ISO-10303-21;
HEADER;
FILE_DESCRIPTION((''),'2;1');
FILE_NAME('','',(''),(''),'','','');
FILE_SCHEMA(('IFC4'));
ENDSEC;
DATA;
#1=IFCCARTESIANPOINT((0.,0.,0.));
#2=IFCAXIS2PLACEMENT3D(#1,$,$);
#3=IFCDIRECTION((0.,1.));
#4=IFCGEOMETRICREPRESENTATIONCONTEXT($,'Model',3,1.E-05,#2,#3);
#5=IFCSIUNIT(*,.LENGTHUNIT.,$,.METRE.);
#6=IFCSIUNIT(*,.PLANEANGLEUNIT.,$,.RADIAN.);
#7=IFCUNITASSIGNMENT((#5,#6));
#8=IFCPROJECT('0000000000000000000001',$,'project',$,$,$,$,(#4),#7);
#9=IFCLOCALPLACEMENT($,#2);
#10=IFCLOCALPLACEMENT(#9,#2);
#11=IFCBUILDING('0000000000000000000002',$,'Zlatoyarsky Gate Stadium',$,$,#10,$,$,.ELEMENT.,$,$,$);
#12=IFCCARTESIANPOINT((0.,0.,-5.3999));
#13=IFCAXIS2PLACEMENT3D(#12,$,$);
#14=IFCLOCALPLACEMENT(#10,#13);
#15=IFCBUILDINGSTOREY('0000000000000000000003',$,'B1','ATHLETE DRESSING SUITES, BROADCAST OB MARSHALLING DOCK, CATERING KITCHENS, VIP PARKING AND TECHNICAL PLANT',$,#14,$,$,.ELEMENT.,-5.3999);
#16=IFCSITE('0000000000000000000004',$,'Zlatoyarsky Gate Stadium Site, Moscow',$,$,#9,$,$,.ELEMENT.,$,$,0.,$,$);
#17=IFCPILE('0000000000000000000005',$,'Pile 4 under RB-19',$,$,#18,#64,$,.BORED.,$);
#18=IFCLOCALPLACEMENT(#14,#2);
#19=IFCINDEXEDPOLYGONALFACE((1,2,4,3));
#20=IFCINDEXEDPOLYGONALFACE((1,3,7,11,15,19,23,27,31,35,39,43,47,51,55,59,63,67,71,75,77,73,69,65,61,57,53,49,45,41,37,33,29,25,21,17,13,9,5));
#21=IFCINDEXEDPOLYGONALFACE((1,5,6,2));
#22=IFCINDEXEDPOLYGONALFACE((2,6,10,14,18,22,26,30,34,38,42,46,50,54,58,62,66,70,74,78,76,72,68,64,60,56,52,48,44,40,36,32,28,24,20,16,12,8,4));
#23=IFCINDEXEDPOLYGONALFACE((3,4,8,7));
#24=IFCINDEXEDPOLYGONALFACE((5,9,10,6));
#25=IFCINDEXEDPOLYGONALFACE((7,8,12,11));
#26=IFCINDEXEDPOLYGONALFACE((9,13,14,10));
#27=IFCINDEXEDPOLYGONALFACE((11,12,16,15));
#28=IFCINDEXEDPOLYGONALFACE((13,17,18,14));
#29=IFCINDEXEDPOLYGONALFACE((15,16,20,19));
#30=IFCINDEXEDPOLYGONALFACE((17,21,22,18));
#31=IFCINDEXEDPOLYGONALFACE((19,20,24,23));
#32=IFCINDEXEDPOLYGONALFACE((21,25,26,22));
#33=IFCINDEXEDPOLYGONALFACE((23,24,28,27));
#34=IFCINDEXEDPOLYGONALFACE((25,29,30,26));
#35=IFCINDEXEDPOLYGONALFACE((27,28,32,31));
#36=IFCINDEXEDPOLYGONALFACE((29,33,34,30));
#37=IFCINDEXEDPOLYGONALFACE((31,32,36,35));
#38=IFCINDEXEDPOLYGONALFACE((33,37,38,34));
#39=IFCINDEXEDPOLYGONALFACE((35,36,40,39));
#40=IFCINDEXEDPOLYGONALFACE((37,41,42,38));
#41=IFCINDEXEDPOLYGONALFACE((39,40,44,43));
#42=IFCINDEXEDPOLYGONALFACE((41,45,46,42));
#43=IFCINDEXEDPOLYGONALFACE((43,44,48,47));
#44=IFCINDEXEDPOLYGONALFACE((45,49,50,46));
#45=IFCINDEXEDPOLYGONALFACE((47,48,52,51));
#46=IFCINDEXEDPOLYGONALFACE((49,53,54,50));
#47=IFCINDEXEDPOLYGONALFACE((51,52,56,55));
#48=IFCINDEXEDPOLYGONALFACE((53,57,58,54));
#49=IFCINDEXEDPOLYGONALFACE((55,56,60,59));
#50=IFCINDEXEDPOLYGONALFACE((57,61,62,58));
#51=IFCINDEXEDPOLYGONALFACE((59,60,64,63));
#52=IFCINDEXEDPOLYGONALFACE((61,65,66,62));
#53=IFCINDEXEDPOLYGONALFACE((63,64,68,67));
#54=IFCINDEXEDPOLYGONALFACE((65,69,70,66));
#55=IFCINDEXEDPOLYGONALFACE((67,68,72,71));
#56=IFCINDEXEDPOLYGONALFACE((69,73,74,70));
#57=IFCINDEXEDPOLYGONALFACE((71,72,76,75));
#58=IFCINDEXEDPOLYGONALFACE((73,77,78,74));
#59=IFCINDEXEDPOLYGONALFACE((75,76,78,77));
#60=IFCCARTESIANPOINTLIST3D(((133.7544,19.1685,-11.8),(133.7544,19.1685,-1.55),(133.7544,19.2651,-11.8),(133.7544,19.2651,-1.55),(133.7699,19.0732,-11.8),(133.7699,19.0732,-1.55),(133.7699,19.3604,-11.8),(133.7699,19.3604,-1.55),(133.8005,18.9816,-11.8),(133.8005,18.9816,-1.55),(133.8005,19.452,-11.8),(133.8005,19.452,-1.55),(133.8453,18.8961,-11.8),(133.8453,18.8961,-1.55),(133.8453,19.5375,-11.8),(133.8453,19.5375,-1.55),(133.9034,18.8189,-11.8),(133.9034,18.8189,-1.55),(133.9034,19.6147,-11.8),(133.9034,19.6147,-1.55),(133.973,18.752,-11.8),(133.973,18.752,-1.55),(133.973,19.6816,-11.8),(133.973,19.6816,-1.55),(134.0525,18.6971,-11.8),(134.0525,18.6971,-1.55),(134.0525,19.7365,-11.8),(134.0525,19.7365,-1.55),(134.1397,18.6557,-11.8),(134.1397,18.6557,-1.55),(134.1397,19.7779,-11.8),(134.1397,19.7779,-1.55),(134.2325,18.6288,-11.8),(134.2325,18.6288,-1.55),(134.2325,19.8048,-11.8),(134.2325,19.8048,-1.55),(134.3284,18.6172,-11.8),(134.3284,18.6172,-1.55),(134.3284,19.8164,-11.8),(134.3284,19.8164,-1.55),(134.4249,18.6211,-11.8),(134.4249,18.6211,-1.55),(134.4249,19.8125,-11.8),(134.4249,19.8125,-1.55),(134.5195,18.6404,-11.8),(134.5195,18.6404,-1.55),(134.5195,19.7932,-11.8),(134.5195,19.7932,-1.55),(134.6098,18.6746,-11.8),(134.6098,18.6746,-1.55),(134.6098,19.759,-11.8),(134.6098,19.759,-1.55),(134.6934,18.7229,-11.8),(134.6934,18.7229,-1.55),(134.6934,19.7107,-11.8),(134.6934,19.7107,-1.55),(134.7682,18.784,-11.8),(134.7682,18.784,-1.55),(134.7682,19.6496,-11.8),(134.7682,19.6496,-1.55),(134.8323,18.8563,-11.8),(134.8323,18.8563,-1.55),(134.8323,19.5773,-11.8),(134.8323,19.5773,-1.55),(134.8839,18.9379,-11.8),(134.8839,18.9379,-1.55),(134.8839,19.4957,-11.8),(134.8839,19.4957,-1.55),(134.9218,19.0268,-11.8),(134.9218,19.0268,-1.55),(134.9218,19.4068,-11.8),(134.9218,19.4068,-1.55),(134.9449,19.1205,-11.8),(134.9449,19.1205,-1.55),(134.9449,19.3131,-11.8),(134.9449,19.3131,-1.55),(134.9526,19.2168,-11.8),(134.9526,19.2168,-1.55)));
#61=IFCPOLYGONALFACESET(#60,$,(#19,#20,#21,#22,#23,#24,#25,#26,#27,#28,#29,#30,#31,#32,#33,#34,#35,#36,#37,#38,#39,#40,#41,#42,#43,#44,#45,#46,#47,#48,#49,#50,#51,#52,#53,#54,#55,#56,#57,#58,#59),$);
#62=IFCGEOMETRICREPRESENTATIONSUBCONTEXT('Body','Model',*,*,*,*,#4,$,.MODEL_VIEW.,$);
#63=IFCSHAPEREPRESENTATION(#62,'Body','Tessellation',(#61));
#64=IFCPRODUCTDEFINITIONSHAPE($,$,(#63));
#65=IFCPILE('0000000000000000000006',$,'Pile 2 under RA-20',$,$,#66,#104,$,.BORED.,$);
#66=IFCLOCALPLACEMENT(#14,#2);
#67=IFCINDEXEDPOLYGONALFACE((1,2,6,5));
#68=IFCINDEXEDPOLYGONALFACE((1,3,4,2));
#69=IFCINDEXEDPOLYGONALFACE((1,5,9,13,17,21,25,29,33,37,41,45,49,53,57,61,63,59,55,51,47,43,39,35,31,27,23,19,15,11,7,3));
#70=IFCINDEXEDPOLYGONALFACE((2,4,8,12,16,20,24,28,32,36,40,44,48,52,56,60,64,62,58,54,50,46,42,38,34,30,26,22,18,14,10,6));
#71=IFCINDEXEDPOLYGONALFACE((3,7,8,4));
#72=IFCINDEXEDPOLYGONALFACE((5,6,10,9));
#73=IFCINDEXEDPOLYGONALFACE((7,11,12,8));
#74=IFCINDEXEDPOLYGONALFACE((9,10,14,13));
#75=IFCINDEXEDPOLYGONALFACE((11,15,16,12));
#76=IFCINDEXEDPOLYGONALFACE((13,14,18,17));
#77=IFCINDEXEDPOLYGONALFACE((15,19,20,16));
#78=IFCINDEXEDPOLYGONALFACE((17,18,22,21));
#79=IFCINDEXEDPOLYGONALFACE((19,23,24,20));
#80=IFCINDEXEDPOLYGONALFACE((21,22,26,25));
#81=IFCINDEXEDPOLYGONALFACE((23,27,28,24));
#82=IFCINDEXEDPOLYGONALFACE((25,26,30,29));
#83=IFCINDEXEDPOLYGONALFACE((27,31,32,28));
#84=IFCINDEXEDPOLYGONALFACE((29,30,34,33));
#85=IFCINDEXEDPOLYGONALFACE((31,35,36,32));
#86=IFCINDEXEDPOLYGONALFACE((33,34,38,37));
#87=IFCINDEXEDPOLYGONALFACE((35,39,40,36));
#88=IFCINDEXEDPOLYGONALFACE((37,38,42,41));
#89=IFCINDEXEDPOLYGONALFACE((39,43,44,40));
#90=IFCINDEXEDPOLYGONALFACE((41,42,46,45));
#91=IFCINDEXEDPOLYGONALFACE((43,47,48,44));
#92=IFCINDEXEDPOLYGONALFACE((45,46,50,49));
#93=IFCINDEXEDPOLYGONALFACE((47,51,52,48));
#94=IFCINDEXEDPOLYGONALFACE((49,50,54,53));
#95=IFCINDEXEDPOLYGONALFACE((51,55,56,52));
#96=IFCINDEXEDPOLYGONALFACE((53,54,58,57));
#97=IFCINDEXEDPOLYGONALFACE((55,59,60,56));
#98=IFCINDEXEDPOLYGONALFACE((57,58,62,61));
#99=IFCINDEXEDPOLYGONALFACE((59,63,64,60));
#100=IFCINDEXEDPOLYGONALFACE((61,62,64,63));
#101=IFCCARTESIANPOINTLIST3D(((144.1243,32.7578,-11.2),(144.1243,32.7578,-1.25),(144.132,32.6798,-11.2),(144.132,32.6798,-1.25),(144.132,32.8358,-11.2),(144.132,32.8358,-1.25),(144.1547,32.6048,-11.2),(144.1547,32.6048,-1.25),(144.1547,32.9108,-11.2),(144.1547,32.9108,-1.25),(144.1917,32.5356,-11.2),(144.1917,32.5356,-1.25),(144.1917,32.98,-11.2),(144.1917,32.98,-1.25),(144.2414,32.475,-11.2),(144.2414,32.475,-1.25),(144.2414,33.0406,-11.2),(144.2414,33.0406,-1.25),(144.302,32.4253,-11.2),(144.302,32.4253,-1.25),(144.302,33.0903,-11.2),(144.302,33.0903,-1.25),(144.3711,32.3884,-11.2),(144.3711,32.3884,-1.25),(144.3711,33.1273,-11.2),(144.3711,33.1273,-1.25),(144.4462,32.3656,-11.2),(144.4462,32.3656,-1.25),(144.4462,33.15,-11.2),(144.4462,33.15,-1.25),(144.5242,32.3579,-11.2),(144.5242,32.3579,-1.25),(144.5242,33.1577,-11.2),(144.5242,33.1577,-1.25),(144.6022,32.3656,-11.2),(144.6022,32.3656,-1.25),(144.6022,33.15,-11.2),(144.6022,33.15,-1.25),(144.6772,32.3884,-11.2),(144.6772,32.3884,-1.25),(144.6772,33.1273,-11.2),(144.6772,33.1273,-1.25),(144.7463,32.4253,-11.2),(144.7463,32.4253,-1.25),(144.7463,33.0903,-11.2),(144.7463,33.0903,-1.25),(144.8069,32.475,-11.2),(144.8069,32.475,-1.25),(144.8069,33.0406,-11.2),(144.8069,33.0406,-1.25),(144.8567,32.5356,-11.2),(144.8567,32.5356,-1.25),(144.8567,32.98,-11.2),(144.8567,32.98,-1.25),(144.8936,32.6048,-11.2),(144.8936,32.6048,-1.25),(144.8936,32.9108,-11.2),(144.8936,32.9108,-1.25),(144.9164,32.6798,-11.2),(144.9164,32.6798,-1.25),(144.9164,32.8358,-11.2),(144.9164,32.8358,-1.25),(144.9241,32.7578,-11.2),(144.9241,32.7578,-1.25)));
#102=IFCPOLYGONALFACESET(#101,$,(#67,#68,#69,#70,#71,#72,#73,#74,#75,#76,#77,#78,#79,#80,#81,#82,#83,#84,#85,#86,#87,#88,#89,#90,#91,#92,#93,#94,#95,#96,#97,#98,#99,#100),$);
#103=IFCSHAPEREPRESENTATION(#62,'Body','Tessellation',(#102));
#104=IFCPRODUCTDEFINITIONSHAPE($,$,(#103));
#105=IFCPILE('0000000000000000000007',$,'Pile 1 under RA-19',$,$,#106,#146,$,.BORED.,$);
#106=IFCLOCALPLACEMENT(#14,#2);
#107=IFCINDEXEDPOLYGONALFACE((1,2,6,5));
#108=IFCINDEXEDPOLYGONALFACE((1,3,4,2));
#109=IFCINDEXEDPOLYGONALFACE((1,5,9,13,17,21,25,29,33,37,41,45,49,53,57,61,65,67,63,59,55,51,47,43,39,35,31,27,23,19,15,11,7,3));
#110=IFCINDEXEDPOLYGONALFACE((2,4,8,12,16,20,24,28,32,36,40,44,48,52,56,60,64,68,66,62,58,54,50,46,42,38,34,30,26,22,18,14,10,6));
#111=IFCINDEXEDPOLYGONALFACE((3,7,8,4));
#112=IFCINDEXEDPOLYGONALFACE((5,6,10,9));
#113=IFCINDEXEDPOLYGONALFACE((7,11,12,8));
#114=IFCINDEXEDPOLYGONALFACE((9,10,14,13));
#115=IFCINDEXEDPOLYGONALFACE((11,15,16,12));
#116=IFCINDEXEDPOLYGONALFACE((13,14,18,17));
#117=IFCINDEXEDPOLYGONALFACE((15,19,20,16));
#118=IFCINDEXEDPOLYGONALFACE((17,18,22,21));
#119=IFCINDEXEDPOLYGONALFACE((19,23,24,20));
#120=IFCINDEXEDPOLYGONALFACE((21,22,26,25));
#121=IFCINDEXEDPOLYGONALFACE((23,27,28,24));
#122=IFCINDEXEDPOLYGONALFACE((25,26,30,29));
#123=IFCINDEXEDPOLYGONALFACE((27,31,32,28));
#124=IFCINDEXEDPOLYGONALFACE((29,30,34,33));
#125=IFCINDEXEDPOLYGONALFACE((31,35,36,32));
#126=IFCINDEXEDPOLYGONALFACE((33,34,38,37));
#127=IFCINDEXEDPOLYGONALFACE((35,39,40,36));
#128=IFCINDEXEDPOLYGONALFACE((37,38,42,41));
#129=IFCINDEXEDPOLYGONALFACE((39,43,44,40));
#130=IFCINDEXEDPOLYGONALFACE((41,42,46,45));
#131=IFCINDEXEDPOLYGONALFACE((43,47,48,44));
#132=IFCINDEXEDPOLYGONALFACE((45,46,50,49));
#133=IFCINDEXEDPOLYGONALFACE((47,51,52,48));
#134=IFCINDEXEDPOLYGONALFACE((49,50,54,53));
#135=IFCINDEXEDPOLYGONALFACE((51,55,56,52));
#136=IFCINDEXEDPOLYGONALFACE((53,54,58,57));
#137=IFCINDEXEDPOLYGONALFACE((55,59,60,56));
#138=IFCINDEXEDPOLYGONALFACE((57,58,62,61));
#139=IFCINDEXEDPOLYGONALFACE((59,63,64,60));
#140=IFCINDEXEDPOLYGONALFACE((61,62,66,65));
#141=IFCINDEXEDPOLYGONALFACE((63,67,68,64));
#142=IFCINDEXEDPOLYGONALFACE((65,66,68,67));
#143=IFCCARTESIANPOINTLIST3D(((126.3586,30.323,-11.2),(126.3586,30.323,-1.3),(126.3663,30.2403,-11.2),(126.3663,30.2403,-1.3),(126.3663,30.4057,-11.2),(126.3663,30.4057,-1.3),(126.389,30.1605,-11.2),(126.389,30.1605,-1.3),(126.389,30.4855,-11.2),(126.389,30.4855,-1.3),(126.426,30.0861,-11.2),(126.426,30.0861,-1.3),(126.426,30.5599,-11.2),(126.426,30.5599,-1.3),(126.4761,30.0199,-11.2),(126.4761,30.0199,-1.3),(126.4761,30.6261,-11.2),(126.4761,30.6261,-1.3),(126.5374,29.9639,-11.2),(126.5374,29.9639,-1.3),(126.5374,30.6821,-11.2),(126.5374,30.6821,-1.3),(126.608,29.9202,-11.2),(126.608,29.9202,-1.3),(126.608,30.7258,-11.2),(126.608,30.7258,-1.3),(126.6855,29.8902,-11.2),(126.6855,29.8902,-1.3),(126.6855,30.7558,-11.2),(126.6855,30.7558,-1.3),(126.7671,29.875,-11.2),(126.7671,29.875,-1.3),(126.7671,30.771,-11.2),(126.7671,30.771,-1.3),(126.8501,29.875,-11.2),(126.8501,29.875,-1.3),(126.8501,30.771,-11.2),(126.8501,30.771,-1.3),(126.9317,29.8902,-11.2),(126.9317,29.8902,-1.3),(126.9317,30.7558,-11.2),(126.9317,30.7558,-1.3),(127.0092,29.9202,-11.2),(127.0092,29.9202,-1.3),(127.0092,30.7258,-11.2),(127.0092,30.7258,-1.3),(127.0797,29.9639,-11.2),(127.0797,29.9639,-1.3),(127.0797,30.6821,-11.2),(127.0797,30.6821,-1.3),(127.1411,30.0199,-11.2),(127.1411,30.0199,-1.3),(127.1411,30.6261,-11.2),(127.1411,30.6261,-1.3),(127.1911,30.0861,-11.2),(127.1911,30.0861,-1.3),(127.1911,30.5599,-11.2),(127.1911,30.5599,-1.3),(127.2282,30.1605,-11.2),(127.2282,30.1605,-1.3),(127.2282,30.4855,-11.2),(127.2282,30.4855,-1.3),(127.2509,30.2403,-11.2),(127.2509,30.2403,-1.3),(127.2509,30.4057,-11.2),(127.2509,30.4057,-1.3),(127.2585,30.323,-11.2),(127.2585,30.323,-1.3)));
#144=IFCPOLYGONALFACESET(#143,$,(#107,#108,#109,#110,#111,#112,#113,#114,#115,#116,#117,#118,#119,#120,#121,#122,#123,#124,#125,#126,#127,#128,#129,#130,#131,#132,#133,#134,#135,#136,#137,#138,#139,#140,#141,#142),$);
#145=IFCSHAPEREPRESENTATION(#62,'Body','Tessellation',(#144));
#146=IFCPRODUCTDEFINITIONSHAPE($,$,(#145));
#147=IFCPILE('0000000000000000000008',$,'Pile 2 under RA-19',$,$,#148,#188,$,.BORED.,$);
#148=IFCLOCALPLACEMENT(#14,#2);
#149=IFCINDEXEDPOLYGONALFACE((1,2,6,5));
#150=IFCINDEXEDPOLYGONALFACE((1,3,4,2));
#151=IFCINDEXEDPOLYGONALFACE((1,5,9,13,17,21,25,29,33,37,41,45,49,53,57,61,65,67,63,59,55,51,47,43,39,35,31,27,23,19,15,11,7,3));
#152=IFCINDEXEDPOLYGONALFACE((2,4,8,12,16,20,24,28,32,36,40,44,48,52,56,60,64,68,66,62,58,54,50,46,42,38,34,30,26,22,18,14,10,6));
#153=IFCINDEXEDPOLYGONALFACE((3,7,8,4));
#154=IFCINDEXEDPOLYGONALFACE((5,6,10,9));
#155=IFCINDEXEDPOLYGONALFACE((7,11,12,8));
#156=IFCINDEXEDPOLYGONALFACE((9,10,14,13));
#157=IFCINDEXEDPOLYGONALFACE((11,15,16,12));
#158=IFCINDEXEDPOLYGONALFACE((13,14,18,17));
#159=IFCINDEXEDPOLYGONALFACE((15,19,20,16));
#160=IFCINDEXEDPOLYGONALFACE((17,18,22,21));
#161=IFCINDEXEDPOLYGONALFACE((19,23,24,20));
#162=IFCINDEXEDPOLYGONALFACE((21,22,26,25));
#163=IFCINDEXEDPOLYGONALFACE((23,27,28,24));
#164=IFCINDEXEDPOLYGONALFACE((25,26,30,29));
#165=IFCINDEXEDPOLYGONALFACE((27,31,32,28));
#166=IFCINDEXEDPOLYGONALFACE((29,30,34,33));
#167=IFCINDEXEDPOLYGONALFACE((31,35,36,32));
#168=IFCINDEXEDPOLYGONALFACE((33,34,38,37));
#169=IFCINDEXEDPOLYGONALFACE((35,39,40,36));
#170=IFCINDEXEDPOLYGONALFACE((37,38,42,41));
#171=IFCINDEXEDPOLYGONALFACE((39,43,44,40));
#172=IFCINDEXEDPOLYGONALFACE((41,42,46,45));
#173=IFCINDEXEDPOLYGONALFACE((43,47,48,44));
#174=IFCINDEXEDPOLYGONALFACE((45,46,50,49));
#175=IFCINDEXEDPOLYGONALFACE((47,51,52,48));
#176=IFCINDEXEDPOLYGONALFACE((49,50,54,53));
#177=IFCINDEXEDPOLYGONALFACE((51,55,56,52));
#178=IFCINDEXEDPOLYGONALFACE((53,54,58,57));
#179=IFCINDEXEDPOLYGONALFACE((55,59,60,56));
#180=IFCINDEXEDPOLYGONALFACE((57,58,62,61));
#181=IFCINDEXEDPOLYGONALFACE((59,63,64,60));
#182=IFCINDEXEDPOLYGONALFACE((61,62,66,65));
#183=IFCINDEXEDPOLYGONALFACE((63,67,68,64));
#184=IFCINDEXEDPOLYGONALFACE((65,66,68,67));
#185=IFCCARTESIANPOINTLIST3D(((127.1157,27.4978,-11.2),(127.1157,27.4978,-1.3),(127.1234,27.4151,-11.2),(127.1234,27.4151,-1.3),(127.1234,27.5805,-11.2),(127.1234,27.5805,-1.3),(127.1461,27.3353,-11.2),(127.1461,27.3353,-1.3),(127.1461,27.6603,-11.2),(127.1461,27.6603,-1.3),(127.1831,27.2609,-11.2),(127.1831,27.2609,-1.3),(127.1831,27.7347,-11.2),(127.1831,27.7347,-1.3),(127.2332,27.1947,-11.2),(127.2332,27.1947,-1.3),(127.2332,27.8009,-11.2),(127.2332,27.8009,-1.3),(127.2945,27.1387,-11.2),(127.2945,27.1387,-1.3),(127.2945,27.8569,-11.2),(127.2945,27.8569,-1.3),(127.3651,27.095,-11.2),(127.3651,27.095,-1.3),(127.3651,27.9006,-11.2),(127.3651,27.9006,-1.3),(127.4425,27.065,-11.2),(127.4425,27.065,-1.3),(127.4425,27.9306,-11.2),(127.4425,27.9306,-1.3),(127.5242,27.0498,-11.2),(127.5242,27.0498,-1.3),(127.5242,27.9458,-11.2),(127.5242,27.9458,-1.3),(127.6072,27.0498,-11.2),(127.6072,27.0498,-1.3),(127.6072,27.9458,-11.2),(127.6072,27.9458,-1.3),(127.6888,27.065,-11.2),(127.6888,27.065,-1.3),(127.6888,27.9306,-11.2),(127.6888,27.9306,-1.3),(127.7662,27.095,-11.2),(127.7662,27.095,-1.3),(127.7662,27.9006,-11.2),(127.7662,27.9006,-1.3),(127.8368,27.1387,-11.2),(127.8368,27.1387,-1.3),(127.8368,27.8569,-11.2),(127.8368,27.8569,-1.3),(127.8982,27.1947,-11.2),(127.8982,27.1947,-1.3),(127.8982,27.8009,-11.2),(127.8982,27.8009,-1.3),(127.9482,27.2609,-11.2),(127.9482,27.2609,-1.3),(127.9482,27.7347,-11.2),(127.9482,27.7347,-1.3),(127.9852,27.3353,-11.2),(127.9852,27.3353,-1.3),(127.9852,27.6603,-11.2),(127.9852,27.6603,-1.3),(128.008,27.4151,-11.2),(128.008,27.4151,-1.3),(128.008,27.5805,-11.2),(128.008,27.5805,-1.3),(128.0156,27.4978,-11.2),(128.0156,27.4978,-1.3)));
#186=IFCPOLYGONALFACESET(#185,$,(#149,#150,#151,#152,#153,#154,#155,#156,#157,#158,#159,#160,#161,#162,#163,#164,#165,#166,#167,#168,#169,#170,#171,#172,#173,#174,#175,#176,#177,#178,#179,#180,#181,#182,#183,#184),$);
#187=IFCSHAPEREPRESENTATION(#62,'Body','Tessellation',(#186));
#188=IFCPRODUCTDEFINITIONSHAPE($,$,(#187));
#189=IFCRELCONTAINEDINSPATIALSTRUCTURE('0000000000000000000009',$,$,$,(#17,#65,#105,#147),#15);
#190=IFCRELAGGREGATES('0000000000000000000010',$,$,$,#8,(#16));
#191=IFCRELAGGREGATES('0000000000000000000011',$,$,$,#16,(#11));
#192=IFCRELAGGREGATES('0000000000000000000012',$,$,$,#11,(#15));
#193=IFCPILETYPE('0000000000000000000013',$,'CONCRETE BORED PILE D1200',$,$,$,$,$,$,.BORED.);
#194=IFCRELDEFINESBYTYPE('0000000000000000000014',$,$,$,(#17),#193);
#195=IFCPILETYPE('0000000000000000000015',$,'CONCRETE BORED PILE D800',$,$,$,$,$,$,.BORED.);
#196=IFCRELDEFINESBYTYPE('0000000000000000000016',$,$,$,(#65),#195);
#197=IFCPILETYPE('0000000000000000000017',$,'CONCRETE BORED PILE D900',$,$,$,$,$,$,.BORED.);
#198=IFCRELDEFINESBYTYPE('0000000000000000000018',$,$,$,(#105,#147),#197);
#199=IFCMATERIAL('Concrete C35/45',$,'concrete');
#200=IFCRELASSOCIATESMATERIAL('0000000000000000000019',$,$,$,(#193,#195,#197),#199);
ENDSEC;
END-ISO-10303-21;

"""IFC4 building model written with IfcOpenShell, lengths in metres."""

from ifc_helpers import new_model, si_unit, direction, frame, origin, origin_2d, place, context, subcontext, project, spatial, circle, extrude, material, material_profile, profile_set, type_object, element, save


model = new_model("IFC4")

# Units and contexts
model_context = context("Model", 3, precision=1e-05, world=origin(), true_north=direction((0.0, 1.0)))
body_context = subcontext(model_context, "Body", "Model", "MODEL_VIEW")
ifc_project = project(units=[si_unit("LENGTHUNIT", "METRE"), si_unit("PLANEANGLEUNIT", "RADIAN")], contexts=[model_context])

# Site, building, storey
site_placement = place(None, origin())
site = spatial("IfcSite", under=ifc_project, at=site_placement, Name="Zlatoyarsky Gate Stadium Site, Moscow", CompositionType="ELEMENT", RefElevation=0.0)
building_placement = place(site_placement, origin())
building = spatial("IfcBuilding", under=site, at=building_placement, Name="Zlatoyarsky Gate Stadium", CompositionType="ELEMENT")
storey_placement = place(building_placement, frame((0.0, 0.0, -5.3999)))
storey = spatial("IfcBuildingStorey", under=building, at=storey_placement, Name="B1", Description="ATHLETE DRESSING SUITES, BROADCAST OB MARSHALLING DOCK, CATERING KITCHENS, VIP PARKING AND TECHNICAL PLANT", CompositionType="ELEMENT", Elevation=-5.3999)

# Piles
ifc_material_1 = material(Name="Concrete C35/45", Category="concrete")
ifc_material_profile_1 = material_profile(ifc_material_1, circle(Radius=0.6001, at=origin_2d()), Name="BORED PILE D1200")
ifc_profile_set_1 = profile_set([ifc_material_profile_1], Name="Concrete C35/45")
pile_type_1 = type_object("IfcPileType", Name="CONCRETE BORED PILE D1200", PredefinedType="BORED", material=ifc_profile_set_1)
for number, where, z_axis, x_axis, name in (
    (1, (134.3525, 19.2168, -1.55), (0.0, 0.0, -1.0), (1.0, 0.0, 0.0), "Pile 4 under RB-19"),
):
    element("IfcPile", number, at=place(storey_placement, frame(where, z_axis=z_axis, x_axis=x_axis)), inside=storey, type_object=pile_type_1, Name=name, PredefinedType="BORED", context=body_context, shape_type="SweptSolid", body=[
        extrude(circle(Radius=0.6001, at=origin_2d()), origin(), (0.0, 0.0, 1.0), 10.25),
    ])
ifc_material_profile_2 = material_profile(ifc_material_1, circle(Radius=0.3999, at=origin_2d()), Name="BORED PILE D800")
ifc_profile_set_2 = profile_set([ifc_material_profile_2], Name="Concrete C35/45")
pile_type_2 = type_object("IfcPileType", Name="CONCRETE BORED PILE D800", PredefinedType="BORED", material=ifc_profile_set_2)
pile_placement = place(storey_placement, frame((144.5242, 32.7578, -1.25), z_axis=(0.0, 0.0, -1.0), x_axis=(1.0, 0.0, 0.0)))
element("IfcPile", 2, at=pile_placement, inside=storey, type_object=pile_type_2, Name="Pile 2 under RA-20", PredefinedType="BORED", context=body_context, shape_type="SweptSolid", body=[
    extrude(circle(Radius=0.3999, at=origin_2d()), origin(), (0.0, 0.0, 1.0), 9.95),
])
ifc_material_profile_3 = material_profile(ifc_material_1, circle(Radius=0.45, at=origin_2d()), Name="BORED PILE D900")
ifc_profile_set_3 = profile_set([ifc_material_profile_3], Name="Concrete C35/45")
pile_type_3 = type_object("IfcPileType", Name="CONCRETE BORED PILE D900", PredefinedType="BORED", material=ifc_profile_set_3)
for number, where, z_axis, x_axis, name in (
    (3, (126.8086, 30.323, -1.3), (0.0, 0.0, -1.0), (1.0, 0.0, 0.0), "Pile 1 under RA-19"),
    (4, (127.5657, 27.4978, -1.3), (0.0, 0.0, -1.0), (1.0, 0.0, 0.0), "Pile 2 under RA-19"),
):
    element("IfcPile", number, at=place(storey_placement, frame(where, z_axis=z_axis, x_axis=x_axis)), inside=storey, type_object=pile_type_3, Name=name, PredefinedType="BORED", context=body_context, shape_type="SweptSolid", body=[
        extrude(circle(Radius=0.45, at=origin_2d()), origin(), (0.0, 0.0, 1.0), 9.8999),
    ])

save(model, "model.ifc")
